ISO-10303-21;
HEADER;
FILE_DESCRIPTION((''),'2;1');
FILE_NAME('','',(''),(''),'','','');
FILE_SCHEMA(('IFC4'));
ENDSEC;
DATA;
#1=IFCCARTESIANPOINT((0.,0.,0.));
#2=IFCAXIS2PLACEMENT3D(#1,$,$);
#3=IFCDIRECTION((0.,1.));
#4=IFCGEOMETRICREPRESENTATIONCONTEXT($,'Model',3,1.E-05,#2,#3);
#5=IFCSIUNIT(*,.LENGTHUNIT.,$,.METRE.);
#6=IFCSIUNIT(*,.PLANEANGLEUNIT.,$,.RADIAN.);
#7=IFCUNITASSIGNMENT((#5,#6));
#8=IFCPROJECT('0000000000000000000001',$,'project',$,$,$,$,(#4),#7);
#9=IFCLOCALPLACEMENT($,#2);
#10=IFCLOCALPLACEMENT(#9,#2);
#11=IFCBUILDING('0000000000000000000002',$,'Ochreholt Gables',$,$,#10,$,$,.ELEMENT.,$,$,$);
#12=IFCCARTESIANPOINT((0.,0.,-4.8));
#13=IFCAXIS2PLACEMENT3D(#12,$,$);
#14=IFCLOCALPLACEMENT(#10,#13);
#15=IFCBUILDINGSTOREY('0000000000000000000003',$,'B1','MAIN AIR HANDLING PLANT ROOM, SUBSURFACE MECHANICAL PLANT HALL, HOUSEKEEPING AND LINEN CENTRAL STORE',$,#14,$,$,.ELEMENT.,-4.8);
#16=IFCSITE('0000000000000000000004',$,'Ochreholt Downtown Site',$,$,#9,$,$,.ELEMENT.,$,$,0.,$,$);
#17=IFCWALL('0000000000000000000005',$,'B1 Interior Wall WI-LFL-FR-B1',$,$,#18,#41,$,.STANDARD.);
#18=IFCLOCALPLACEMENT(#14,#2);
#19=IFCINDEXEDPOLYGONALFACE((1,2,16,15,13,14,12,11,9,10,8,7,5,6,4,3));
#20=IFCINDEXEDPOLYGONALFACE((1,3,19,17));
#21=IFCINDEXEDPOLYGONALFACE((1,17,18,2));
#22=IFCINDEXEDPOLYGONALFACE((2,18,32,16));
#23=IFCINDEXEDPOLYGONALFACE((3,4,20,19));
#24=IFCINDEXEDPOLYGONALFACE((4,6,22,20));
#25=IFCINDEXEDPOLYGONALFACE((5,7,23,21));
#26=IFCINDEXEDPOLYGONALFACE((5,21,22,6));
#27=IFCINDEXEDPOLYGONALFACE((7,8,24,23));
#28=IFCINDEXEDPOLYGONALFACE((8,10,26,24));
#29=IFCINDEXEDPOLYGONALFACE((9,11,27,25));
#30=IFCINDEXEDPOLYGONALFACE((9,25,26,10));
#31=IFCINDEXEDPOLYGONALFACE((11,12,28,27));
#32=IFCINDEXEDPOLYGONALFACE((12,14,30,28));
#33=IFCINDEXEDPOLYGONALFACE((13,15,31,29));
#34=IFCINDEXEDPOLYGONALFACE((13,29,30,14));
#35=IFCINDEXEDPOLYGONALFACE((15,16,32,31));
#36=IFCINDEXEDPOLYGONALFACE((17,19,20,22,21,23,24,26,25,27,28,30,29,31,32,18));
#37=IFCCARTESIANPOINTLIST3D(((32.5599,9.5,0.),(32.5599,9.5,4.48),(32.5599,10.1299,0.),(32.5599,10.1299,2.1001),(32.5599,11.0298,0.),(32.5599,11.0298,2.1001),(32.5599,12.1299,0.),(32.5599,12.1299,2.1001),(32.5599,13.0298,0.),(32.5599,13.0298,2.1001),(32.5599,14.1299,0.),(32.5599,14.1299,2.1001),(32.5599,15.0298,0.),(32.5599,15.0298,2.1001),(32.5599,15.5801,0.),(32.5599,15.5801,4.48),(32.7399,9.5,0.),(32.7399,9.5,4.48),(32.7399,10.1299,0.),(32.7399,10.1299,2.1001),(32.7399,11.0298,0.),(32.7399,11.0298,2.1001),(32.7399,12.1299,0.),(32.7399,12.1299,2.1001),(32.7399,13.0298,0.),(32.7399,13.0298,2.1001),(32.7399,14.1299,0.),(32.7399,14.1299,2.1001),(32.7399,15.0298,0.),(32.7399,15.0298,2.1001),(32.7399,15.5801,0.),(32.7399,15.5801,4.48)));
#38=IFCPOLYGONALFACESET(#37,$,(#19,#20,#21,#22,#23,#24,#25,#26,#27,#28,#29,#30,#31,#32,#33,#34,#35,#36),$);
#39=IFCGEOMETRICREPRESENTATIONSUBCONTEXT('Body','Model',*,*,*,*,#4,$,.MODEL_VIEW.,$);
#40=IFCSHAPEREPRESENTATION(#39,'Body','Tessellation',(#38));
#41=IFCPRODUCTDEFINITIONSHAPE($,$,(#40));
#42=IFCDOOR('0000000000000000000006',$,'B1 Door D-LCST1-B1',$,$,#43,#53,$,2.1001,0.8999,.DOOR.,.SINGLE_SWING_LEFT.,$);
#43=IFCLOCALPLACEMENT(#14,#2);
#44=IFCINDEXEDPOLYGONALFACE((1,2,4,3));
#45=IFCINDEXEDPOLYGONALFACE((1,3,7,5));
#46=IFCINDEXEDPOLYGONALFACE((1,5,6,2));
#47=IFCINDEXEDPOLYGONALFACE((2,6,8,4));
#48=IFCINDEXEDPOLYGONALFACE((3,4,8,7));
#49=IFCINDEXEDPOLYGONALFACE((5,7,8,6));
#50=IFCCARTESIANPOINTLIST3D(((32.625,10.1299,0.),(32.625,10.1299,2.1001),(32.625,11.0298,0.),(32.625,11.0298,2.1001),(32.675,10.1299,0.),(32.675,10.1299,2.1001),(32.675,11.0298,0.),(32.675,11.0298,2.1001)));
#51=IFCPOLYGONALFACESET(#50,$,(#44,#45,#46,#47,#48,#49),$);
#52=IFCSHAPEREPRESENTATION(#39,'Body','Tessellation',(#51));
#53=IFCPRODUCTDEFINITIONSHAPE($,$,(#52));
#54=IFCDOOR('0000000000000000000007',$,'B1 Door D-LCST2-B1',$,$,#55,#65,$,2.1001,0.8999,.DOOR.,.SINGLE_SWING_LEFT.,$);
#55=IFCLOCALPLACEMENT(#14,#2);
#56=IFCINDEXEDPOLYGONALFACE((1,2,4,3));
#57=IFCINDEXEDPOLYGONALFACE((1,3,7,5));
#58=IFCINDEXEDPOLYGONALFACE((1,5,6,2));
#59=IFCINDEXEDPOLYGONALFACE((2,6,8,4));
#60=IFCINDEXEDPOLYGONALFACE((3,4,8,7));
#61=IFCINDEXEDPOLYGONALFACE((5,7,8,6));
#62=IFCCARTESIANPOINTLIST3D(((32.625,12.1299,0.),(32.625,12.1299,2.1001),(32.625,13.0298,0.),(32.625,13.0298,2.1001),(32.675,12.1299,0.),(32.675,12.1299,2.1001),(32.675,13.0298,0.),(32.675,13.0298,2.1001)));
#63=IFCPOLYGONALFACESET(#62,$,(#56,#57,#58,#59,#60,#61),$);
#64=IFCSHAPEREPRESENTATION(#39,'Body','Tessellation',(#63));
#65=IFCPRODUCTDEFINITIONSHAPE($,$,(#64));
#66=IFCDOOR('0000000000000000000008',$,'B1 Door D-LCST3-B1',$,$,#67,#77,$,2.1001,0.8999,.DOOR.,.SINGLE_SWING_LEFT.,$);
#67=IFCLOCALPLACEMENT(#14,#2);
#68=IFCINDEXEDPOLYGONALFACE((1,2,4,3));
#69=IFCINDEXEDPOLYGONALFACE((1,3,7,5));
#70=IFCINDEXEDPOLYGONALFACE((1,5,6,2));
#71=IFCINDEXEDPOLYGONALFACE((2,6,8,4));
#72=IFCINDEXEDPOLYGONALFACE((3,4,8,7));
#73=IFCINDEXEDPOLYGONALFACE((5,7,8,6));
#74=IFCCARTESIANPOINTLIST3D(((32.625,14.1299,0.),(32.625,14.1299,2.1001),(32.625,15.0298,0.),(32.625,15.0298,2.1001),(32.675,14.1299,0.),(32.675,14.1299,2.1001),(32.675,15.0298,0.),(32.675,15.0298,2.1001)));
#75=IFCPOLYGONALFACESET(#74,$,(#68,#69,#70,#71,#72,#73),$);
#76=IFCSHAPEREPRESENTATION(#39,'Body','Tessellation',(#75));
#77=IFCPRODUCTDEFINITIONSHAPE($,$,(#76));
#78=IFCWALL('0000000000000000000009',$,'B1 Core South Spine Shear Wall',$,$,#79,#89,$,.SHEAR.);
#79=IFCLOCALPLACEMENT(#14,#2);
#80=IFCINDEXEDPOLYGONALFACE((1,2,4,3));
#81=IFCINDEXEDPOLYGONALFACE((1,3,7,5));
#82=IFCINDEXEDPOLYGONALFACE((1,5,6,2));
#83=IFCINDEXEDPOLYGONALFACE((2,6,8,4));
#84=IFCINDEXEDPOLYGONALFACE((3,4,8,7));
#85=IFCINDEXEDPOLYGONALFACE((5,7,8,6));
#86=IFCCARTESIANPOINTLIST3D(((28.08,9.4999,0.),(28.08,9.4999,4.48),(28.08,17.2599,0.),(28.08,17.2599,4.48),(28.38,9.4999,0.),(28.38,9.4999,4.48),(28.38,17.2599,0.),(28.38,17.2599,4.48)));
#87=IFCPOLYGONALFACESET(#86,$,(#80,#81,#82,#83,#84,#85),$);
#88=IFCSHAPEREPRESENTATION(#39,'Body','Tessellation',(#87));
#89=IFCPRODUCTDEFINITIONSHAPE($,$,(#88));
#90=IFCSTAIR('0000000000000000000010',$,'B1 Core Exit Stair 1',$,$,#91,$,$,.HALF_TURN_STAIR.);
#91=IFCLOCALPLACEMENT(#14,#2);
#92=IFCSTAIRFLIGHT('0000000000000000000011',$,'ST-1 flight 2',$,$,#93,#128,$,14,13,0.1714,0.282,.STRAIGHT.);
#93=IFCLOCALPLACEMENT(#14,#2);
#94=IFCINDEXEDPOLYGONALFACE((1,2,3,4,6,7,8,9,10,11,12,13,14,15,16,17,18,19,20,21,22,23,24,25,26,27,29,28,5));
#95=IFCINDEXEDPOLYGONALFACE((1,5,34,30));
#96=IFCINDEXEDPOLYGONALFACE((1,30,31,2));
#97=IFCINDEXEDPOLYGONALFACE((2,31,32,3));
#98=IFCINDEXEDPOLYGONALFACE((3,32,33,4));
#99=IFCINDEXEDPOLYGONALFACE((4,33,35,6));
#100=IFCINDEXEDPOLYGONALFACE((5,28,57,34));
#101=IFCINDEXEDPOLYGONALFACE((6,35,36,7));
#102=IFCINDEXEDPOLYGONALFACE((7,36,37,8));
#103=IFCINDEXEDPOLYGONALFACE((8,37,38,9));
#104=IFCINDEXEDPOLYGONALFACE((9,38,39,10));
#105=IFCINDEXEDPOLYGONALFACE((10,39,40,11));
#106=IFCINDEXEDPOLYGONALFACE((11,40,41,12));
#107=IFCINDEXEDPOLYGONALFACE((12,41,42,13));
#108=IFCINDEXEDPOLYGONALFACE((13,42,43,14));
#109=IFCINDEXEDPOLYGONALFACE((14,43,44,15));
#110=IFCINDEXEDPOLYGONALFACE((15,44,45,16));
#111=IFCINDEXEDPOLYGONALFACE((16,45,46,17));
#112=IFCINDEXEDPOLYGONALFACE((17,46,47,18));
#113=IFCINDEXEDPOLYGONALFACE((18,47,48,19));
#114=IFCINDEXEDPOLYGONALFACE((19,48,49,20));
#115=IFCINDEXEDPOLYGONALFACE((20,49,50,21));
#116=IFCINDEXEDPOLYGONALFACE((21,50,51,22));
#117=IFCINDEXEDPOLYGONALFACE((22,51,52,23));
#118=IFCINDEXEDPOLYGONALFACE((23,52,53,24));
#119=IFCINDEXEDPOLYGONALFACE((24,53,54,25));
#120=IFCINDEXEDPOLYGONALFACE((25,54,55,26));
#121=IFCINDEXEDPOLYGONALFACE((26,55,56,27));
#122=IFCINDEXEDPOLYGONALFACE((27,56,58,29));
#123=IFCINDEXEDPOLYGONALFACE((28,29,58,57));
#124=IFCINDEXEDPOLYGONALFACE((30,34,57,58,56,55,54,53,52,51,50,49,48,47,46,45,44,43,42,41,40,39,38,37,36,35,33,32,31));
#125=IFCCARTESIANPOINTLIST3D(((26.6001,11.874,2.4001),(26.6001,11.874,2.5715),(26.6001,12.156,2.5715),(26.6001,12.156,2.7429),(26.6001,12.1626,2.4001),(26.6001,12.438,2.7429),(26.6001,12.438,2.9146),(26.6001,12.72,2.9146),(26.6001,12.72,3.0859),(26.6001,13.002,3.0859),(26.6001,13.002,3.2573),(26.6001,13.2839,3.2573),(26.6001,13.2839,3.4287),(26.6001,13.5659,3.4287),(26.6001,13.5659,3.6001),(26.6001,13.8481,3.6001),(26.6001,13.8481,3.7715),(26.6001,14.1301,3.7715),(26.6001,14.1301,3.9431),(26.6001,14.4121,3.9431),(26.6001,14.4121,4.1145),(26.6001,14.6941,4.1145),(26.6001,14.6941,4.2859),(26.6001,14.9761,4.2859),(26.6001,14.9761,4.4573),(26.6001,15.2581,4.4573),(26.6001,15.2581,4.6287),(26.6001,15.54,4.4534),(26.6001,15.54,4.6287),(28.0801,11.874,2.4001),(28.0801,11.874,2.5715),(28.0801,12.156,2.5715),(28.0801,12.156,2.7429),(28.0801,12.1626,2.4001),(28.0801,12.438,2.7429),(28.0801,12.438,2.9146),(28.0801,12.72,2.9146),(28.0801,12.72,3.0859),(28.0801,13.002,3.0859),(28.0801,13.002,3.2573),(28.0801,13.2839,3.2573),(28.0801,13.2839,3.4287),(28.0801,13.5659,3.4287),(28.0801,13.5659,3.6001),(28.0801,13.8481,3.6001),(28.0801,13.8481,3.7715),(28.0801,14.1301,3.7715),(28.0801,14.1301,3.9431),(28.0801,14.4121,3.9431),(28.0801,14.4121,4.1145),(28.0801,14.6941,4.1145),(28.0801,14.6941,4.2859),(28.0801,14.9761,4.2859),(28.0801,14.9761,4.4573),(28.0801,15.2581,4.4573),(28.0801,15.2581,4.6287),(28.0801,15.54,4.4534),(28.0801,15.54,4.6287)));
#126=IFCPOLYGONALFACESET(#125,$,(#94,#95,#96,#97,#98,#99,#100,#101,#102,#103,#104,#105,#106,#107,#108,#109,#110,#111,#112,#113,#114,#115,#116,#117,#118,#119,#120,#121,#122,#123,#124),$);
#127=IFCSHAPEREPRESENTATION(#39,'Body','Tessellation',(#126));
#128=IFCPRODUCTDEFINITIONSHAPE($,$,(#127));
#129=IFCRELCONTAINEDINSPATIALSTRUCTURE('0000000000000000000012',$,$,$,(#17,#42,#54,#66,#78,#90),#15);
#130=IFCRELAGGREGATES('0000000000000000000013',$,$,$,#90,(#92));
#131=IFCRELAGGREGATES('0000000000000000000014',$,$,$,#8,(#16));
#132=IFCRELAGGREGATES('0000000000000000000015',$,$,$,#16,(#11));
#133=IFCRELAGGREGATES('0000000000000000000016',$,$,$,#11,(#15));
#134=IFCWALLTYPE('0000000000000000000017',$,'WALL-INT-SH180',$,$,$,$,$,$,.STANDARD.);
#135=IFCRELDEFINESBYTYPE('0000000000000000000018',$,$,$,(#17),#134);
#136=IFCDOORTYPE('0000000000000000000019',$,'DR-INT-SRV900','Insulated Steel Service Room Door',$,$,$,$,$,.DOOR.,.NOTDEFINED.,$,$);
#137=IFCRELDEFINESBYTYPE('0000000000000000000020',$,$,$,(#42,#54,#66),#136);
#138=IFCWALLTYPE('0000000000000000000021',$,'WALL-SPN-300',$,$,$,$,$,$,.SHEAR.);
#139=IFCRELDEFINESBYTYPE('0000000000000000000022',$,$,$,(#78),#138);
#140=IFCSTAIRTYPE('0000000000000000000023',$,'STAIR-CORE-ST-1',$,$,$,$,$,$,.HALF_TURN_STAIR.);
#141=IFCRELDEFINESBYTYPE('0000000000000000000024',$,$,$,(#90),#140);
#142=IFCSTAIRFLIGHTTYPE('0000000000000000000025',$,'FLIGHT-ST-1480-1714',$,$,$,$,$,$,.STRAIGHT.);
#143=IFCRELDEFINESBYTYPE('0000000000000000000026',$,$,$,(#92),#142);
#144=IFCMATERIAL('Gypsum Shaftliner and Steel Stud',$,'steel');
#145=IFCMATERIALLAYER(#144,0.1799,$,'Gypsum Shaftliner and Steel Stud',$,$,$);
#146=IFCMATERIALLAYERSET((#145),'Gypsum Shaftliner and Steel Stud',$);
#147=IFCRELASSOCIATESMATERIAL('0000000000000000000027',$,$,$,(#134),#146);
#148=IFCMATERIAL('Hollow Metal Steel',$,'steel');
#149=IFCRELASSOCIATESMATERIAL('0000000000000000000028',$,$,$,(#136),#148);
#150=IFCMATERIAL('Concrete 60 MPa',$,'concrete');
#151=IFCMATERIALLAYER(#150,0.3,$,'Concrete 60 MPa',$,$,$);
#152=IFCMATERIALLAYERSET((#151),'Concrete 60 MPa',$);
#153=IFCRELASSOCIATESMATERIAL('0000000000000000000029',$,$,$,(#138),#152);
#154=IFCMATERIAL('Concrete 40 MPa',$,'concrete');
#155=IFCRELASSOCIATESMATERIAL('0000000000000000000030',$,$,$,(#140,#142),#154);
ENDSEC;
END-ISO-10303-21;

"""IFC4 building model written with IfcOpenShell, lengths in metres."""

from ifc_helpers import new_model, si_unit, direction, frame, frame_2d, origin, place, context, subcontext, project, spatial, polyline, rectangle, outline, extrude, material, layer, layer_set, type_object, element, fill, aggregate, save


model = new_model("IFC4")

# Units and contexts
model_context = context("Model", 3, precision=1e-05, world=origin(), true_north=direction((0.0, 1.0)))
body_context = subcontext(model_context, "Body", "Model", "MODEL_VIEW")
ifc_project = project(units=[si_unit("LENGTHUNIT", "METRE"), si_unit("PLANEANGLEUNIT", "RADIAN")], contexts=[model_context])

# Site, building, storey
site_placement = place(None, origin())
site = spatial("IfcSite", under=ifc_project, at=site_placement, Name="Ochreholt Downtown Site", CompositionType="ELEMENT", RefElevation=0.0)
building_placement = place(site_placement, origin())
building = spatial("IfcBuilding", under=site, at=building_placement, Name="Ochreholt Gables", CompositionType="ELEMENT")
storey_placement = place(building_placement, frame((0.0, 0.0, -4.8)))
storey = spatial("IfcBuildingStorey", under=building, at=storey_placement, Name="B1", Description="MAIN AIR HANDLING PLANT ROOM, SUBSURFACE MECHANICAL PLANT HALL, HOUSEKEEPING AND LINEN CENTRAL STORE", CompositionType="ELEMENT", Elevation=-4.8)

# Shared definitions
ifc_material_1 = material(Name="Concrete 60 MPa", Category="concrete")

# Shared definitions
ifc_material_2 = material(Name="Hollow Metal Steel", Category="steel")

# Shared definitions
ifc_material_3 = material(Name="Gypsum Shaftliner and Steel Stud", Category="steel")

# Wall, openings, doors
ifc_layer_1 = layer(ifc_material_3, 0.1799, Name="Gypsum Shaftliner and Steel Stud")
ifc_layer_set_1 = layer_set([ifc_layer_1], Name="Gypsum Shaftliner and Steel Stud")
wall_type_1 = type_object("IfcWallType", Name="WALL-INT-SH180", PredefinedType="STANDARD", material=ifc_layer_set_1)
wall_1_placement = place(storey_placement, frame((32.6499, 9.5, 0.0), z_axis=(0.0, 0.0, 1.0), x_axis=(0.0, 1.0, 0.0)))
wall_1 = element("IfcWall", 1, at=wall_1_placement, inside=storey, type_object=wall_type_1, Name="B1 Interior Wall WI-LFL-FR-B1", PredefinedType="STANDARD", context=body_context, shape_type="SweptSolid", body=[
    extrude(rectangle(XDim=6.0801, YDim=0.1799, at=frame_2d((3.04, 0.0))), origin(), (0.0, 0.0, 1.0), 4.48),
])
opening_1_placement = place(wall_1_placement, frame((0.6299, 0.0, 0.0)))
opening_1 = element("IfcOpeningElement", 2, at=opening_1_placement, cuts=wall_1, PredefinedType="OPENING", context=body_context, shape_type="SweptSolid", body=[
    extrude(rectangle(XDim=0.8999, YDim=2.1001, at=frame_2d((0.45, 1.05))), frame((0.0, 0.0999, 0.0), z_axis=(0.0, -1.0, 0.0), x_axis=(1.0, 0.0, 0.0)), (0.0, 0.0, 1.0), 0.2),
])
opening_2_placement = place(wall_1_placement, frame((2.6299, 0.0, 0.0)))
opening_2 = element("IfcOpeningElement", 3, at=opening_2_placement, cuts=wall_1, PredefinedType="OPENING", context=body_context, shape_type="SweptSolid", body=[
    extrude(rectangle(XDim=0.8999, YDim=2.1001, at=frame_2d((0.45, 1.05))), frame((0.0, 0.0999, 0.0), z_axis=(0.0, -1.0, 0.0), x_axis=(1.0, 0.0, 0.0)), (0.0, 0.0, 1.0), 0.2),
])
opening_3_placement = place(wall_1_placement, frame((4.6299, 0.0, 0.0)))
opening_3 = element("IfcOpeningElement", 4, at=opening_3_placement, cuts=wall_1, PredefinedType="OPENING", context=body_context, shape_type="SweptSolid", body=[
    extrude(rectangle(XDim=0.8999, YDim=2.1001, at=frame_2d((0.45, 1.05))), frame((0.0, 0.0999, 0.0), z_axis=(0.0, -1.0, 0.0), x_axis=(1.0, 0.0, 0.0)), (0.0, 0.0, 1.0), 0.2),
])
door_type_1 = type_object("IfcDoorType", Name="DR-INT-SRV900", Description="Insulated Steel Service Room Door", OperationType="NOTDEFINED", PredefinedType="DOOR", material=ifc_material_2)
door_1_placement = place(opening_1_placement, origin())
door_1 = element("IfcDoor", 5, at=door_1_placement, inside=storey, type_object=door_type_1, Name="B1 Door D-LCST1-B1", OperationType="SINGLE_SWING_LEFT", OverallHeight=2.1001, OverallWidth=0.8999, PredefinedType="DOOR", context=body_context, shape_type="SweptSolid", body=[
    extrude(rectangle(XDim=0.8999, YDim=2.1001, at=frame_2d((0.45, 1.05))), frame((0.0, 0.0249, 0.0), z_axis=(0.0, -1.0, 0.0), x_axis=(1.0, 0.0, 0.0)), (0.0, 0.0, 1.0), 0.05),
])
fill(opening_1, door_1)
door_2_placement = place(opening_2_placement, origin())
door_2 = element("IfcDoor", 6, at=door_2_placement, inside=storey, type_object=door_type_1, Name="B1 Door D-LCST2-B1", OperationType="SINGLE_SWING_LEFT", OverallHeight=2.1001, OverallWidth=0.8999, PredefinedType="DOOR", context=body_context, shape_type="SweptSolid", body=[
    extrude(rectangle(XDim=0.8999, YDim=2.1001, at=frame_2d((0.45, 1.05))), frame((0.0, 0.0249, 0.0), z_axis=(0.0, -1.0, 0.0), x_axis=(1.0, 0.0, 0.0)), (0.0, 0.0, 1.0), 0.05),
])
fill(opening_2, door_2)
door_3_placement = place(opening_3_placement, origin())
door_3 = element("IfcDoor", 7, at=door_3_placement, inside=storey, type_object=door_type_1, Name="B1 Door D-LCST3-B1", OperationType="SINGLE_SWING_LEFT", OverallHeight=2.1001, OverallWidth=0.8999, PredefinedType="DOOR", context=body_context, shape_type="SweptSolid", body=[
    extrude(rectangle(XDim=0.8999, YDim=2.1001, at=frame_2d((0.45, 1.05))), frame((0.0, 0.0249, 0.0), z_axis=(0.0, -1.0, 0.0), x_axis=(1.0, 0.0, 0.0)), (0.0, 0.0, 1.0), 0.05),
])
fill(opening_3, door_3)

# Wall
ifc_layer_2 = layer(ifc_material_1, 0.3, Name="Concrete 60 MPa")
ifc_layer_set_2 = layer_set([ifc_layer_2], Name="Concrete 60 MPa")
wall_type_2 = type_object("IfcWallType", Name="WALL-SPN-300", PredefinedType="SHEAR", material=ifc_layer_set_2)
wall_2_placement = place(storey_placement, frame((28.23, 9.5, 0.0), z_axis=(0.0, 0.0, 1.0), x_axis=(0.0, 1.0, 0.0)))
element("IfcWall", 8, at=wall_2_placement, inside=storey, type_object=wall_type_2, Name="B1 Core South Spine Shear Wall", PredefinedType="SHEAR", context=body_context, shape_type="SweptSolid", body=[
    extrude(rectangle(XDim=7.76, YDim=0.3, at=frame_2d((3.8799, 0.0))), origin(), (0.0, 0.0, 1.0), 4.48),
])

# Stair, stair flight
ifc_material_4 = material(Name="Concrete 40 MPa", Category="concrete")
stair_type = type_object("IfcStairType", Name="STAIR-CORE-ST-1", PredefinedType="HALF_TURN_STAIR", material=ifc_material_4)
stair_placement = place(storey_placement, origin())
stair = element("IfcStair", 9, at=stair_placement, inside=storey, type_object=stair_type, Name="B1 Core Exit Stair 1", PredefinedType="HALF_TURN_STAIR")
stair_flight_type = type_object("IfcStairFlightType", Name="FLIGHT-ST-1480-1714", PredefinedType="STRAIGHT", material=ifc_material_4)
stair_flight_placement = place(storey_placement, frame((27.3401, 11.874, 2.4001), z_axis=(0.0, 0.0, 1.0), x_axis=(0.0, 1.0, 0.0)))
stair_flight = element("IfcStairFlight", 10, at=stair_flight_placement, type_object=stair_flight_type, Name="ST-1 flight 2", NumberOfRisers=14, NumberOfTreads=13, PredefinedType="STRAIGHT", RiserHeight=0.1714, TreadLength=0.282, context=body_context, shape_type="SweptSolid", body=[
    extrude(outline(polyline([(0.0, 0.0), (0.0, 0.1714), (0.282, 0.1714), (0.282, 0.3428), (0.564, 0.3428), (0.564, 0.5144), (0.8459, 0.5144), (0.8459, 0.6858), (1.1279, 0.6858), (1.1279, 0.8572), (1.4099, 0.8572), (1.4099, 1.0286), (1.6919, 1.0286), (1.6919, 1.2), (1.9741, 1.2), (1.9741, 1.3713), (2.2561, 1.3713), (2.2561, 1.543), (2.5381, 1.543), (2.5381, 1.7144), (2.8201, 1.7144), (2.8201, 1.8857), (3.1021, 1.8857), (3.1021, 2.0571), (3.384, 2.0571), (3.384, 2.2285), (3.666, 2.2285), (3.666, 2.3999), (3.666, 2.0532), (0.2886, 0.0), (0.0, 0.0)])), frame((0.0, 0.74, 0.0), z_axis=(0.0, -1.0, 0.0), x_axis=(1.0, 0.0, 0.0)), (0.0, 0.0, 1.0), 1.48),
])
aggregate(stair, [stair_flight])

save(model, "model.ifc")
